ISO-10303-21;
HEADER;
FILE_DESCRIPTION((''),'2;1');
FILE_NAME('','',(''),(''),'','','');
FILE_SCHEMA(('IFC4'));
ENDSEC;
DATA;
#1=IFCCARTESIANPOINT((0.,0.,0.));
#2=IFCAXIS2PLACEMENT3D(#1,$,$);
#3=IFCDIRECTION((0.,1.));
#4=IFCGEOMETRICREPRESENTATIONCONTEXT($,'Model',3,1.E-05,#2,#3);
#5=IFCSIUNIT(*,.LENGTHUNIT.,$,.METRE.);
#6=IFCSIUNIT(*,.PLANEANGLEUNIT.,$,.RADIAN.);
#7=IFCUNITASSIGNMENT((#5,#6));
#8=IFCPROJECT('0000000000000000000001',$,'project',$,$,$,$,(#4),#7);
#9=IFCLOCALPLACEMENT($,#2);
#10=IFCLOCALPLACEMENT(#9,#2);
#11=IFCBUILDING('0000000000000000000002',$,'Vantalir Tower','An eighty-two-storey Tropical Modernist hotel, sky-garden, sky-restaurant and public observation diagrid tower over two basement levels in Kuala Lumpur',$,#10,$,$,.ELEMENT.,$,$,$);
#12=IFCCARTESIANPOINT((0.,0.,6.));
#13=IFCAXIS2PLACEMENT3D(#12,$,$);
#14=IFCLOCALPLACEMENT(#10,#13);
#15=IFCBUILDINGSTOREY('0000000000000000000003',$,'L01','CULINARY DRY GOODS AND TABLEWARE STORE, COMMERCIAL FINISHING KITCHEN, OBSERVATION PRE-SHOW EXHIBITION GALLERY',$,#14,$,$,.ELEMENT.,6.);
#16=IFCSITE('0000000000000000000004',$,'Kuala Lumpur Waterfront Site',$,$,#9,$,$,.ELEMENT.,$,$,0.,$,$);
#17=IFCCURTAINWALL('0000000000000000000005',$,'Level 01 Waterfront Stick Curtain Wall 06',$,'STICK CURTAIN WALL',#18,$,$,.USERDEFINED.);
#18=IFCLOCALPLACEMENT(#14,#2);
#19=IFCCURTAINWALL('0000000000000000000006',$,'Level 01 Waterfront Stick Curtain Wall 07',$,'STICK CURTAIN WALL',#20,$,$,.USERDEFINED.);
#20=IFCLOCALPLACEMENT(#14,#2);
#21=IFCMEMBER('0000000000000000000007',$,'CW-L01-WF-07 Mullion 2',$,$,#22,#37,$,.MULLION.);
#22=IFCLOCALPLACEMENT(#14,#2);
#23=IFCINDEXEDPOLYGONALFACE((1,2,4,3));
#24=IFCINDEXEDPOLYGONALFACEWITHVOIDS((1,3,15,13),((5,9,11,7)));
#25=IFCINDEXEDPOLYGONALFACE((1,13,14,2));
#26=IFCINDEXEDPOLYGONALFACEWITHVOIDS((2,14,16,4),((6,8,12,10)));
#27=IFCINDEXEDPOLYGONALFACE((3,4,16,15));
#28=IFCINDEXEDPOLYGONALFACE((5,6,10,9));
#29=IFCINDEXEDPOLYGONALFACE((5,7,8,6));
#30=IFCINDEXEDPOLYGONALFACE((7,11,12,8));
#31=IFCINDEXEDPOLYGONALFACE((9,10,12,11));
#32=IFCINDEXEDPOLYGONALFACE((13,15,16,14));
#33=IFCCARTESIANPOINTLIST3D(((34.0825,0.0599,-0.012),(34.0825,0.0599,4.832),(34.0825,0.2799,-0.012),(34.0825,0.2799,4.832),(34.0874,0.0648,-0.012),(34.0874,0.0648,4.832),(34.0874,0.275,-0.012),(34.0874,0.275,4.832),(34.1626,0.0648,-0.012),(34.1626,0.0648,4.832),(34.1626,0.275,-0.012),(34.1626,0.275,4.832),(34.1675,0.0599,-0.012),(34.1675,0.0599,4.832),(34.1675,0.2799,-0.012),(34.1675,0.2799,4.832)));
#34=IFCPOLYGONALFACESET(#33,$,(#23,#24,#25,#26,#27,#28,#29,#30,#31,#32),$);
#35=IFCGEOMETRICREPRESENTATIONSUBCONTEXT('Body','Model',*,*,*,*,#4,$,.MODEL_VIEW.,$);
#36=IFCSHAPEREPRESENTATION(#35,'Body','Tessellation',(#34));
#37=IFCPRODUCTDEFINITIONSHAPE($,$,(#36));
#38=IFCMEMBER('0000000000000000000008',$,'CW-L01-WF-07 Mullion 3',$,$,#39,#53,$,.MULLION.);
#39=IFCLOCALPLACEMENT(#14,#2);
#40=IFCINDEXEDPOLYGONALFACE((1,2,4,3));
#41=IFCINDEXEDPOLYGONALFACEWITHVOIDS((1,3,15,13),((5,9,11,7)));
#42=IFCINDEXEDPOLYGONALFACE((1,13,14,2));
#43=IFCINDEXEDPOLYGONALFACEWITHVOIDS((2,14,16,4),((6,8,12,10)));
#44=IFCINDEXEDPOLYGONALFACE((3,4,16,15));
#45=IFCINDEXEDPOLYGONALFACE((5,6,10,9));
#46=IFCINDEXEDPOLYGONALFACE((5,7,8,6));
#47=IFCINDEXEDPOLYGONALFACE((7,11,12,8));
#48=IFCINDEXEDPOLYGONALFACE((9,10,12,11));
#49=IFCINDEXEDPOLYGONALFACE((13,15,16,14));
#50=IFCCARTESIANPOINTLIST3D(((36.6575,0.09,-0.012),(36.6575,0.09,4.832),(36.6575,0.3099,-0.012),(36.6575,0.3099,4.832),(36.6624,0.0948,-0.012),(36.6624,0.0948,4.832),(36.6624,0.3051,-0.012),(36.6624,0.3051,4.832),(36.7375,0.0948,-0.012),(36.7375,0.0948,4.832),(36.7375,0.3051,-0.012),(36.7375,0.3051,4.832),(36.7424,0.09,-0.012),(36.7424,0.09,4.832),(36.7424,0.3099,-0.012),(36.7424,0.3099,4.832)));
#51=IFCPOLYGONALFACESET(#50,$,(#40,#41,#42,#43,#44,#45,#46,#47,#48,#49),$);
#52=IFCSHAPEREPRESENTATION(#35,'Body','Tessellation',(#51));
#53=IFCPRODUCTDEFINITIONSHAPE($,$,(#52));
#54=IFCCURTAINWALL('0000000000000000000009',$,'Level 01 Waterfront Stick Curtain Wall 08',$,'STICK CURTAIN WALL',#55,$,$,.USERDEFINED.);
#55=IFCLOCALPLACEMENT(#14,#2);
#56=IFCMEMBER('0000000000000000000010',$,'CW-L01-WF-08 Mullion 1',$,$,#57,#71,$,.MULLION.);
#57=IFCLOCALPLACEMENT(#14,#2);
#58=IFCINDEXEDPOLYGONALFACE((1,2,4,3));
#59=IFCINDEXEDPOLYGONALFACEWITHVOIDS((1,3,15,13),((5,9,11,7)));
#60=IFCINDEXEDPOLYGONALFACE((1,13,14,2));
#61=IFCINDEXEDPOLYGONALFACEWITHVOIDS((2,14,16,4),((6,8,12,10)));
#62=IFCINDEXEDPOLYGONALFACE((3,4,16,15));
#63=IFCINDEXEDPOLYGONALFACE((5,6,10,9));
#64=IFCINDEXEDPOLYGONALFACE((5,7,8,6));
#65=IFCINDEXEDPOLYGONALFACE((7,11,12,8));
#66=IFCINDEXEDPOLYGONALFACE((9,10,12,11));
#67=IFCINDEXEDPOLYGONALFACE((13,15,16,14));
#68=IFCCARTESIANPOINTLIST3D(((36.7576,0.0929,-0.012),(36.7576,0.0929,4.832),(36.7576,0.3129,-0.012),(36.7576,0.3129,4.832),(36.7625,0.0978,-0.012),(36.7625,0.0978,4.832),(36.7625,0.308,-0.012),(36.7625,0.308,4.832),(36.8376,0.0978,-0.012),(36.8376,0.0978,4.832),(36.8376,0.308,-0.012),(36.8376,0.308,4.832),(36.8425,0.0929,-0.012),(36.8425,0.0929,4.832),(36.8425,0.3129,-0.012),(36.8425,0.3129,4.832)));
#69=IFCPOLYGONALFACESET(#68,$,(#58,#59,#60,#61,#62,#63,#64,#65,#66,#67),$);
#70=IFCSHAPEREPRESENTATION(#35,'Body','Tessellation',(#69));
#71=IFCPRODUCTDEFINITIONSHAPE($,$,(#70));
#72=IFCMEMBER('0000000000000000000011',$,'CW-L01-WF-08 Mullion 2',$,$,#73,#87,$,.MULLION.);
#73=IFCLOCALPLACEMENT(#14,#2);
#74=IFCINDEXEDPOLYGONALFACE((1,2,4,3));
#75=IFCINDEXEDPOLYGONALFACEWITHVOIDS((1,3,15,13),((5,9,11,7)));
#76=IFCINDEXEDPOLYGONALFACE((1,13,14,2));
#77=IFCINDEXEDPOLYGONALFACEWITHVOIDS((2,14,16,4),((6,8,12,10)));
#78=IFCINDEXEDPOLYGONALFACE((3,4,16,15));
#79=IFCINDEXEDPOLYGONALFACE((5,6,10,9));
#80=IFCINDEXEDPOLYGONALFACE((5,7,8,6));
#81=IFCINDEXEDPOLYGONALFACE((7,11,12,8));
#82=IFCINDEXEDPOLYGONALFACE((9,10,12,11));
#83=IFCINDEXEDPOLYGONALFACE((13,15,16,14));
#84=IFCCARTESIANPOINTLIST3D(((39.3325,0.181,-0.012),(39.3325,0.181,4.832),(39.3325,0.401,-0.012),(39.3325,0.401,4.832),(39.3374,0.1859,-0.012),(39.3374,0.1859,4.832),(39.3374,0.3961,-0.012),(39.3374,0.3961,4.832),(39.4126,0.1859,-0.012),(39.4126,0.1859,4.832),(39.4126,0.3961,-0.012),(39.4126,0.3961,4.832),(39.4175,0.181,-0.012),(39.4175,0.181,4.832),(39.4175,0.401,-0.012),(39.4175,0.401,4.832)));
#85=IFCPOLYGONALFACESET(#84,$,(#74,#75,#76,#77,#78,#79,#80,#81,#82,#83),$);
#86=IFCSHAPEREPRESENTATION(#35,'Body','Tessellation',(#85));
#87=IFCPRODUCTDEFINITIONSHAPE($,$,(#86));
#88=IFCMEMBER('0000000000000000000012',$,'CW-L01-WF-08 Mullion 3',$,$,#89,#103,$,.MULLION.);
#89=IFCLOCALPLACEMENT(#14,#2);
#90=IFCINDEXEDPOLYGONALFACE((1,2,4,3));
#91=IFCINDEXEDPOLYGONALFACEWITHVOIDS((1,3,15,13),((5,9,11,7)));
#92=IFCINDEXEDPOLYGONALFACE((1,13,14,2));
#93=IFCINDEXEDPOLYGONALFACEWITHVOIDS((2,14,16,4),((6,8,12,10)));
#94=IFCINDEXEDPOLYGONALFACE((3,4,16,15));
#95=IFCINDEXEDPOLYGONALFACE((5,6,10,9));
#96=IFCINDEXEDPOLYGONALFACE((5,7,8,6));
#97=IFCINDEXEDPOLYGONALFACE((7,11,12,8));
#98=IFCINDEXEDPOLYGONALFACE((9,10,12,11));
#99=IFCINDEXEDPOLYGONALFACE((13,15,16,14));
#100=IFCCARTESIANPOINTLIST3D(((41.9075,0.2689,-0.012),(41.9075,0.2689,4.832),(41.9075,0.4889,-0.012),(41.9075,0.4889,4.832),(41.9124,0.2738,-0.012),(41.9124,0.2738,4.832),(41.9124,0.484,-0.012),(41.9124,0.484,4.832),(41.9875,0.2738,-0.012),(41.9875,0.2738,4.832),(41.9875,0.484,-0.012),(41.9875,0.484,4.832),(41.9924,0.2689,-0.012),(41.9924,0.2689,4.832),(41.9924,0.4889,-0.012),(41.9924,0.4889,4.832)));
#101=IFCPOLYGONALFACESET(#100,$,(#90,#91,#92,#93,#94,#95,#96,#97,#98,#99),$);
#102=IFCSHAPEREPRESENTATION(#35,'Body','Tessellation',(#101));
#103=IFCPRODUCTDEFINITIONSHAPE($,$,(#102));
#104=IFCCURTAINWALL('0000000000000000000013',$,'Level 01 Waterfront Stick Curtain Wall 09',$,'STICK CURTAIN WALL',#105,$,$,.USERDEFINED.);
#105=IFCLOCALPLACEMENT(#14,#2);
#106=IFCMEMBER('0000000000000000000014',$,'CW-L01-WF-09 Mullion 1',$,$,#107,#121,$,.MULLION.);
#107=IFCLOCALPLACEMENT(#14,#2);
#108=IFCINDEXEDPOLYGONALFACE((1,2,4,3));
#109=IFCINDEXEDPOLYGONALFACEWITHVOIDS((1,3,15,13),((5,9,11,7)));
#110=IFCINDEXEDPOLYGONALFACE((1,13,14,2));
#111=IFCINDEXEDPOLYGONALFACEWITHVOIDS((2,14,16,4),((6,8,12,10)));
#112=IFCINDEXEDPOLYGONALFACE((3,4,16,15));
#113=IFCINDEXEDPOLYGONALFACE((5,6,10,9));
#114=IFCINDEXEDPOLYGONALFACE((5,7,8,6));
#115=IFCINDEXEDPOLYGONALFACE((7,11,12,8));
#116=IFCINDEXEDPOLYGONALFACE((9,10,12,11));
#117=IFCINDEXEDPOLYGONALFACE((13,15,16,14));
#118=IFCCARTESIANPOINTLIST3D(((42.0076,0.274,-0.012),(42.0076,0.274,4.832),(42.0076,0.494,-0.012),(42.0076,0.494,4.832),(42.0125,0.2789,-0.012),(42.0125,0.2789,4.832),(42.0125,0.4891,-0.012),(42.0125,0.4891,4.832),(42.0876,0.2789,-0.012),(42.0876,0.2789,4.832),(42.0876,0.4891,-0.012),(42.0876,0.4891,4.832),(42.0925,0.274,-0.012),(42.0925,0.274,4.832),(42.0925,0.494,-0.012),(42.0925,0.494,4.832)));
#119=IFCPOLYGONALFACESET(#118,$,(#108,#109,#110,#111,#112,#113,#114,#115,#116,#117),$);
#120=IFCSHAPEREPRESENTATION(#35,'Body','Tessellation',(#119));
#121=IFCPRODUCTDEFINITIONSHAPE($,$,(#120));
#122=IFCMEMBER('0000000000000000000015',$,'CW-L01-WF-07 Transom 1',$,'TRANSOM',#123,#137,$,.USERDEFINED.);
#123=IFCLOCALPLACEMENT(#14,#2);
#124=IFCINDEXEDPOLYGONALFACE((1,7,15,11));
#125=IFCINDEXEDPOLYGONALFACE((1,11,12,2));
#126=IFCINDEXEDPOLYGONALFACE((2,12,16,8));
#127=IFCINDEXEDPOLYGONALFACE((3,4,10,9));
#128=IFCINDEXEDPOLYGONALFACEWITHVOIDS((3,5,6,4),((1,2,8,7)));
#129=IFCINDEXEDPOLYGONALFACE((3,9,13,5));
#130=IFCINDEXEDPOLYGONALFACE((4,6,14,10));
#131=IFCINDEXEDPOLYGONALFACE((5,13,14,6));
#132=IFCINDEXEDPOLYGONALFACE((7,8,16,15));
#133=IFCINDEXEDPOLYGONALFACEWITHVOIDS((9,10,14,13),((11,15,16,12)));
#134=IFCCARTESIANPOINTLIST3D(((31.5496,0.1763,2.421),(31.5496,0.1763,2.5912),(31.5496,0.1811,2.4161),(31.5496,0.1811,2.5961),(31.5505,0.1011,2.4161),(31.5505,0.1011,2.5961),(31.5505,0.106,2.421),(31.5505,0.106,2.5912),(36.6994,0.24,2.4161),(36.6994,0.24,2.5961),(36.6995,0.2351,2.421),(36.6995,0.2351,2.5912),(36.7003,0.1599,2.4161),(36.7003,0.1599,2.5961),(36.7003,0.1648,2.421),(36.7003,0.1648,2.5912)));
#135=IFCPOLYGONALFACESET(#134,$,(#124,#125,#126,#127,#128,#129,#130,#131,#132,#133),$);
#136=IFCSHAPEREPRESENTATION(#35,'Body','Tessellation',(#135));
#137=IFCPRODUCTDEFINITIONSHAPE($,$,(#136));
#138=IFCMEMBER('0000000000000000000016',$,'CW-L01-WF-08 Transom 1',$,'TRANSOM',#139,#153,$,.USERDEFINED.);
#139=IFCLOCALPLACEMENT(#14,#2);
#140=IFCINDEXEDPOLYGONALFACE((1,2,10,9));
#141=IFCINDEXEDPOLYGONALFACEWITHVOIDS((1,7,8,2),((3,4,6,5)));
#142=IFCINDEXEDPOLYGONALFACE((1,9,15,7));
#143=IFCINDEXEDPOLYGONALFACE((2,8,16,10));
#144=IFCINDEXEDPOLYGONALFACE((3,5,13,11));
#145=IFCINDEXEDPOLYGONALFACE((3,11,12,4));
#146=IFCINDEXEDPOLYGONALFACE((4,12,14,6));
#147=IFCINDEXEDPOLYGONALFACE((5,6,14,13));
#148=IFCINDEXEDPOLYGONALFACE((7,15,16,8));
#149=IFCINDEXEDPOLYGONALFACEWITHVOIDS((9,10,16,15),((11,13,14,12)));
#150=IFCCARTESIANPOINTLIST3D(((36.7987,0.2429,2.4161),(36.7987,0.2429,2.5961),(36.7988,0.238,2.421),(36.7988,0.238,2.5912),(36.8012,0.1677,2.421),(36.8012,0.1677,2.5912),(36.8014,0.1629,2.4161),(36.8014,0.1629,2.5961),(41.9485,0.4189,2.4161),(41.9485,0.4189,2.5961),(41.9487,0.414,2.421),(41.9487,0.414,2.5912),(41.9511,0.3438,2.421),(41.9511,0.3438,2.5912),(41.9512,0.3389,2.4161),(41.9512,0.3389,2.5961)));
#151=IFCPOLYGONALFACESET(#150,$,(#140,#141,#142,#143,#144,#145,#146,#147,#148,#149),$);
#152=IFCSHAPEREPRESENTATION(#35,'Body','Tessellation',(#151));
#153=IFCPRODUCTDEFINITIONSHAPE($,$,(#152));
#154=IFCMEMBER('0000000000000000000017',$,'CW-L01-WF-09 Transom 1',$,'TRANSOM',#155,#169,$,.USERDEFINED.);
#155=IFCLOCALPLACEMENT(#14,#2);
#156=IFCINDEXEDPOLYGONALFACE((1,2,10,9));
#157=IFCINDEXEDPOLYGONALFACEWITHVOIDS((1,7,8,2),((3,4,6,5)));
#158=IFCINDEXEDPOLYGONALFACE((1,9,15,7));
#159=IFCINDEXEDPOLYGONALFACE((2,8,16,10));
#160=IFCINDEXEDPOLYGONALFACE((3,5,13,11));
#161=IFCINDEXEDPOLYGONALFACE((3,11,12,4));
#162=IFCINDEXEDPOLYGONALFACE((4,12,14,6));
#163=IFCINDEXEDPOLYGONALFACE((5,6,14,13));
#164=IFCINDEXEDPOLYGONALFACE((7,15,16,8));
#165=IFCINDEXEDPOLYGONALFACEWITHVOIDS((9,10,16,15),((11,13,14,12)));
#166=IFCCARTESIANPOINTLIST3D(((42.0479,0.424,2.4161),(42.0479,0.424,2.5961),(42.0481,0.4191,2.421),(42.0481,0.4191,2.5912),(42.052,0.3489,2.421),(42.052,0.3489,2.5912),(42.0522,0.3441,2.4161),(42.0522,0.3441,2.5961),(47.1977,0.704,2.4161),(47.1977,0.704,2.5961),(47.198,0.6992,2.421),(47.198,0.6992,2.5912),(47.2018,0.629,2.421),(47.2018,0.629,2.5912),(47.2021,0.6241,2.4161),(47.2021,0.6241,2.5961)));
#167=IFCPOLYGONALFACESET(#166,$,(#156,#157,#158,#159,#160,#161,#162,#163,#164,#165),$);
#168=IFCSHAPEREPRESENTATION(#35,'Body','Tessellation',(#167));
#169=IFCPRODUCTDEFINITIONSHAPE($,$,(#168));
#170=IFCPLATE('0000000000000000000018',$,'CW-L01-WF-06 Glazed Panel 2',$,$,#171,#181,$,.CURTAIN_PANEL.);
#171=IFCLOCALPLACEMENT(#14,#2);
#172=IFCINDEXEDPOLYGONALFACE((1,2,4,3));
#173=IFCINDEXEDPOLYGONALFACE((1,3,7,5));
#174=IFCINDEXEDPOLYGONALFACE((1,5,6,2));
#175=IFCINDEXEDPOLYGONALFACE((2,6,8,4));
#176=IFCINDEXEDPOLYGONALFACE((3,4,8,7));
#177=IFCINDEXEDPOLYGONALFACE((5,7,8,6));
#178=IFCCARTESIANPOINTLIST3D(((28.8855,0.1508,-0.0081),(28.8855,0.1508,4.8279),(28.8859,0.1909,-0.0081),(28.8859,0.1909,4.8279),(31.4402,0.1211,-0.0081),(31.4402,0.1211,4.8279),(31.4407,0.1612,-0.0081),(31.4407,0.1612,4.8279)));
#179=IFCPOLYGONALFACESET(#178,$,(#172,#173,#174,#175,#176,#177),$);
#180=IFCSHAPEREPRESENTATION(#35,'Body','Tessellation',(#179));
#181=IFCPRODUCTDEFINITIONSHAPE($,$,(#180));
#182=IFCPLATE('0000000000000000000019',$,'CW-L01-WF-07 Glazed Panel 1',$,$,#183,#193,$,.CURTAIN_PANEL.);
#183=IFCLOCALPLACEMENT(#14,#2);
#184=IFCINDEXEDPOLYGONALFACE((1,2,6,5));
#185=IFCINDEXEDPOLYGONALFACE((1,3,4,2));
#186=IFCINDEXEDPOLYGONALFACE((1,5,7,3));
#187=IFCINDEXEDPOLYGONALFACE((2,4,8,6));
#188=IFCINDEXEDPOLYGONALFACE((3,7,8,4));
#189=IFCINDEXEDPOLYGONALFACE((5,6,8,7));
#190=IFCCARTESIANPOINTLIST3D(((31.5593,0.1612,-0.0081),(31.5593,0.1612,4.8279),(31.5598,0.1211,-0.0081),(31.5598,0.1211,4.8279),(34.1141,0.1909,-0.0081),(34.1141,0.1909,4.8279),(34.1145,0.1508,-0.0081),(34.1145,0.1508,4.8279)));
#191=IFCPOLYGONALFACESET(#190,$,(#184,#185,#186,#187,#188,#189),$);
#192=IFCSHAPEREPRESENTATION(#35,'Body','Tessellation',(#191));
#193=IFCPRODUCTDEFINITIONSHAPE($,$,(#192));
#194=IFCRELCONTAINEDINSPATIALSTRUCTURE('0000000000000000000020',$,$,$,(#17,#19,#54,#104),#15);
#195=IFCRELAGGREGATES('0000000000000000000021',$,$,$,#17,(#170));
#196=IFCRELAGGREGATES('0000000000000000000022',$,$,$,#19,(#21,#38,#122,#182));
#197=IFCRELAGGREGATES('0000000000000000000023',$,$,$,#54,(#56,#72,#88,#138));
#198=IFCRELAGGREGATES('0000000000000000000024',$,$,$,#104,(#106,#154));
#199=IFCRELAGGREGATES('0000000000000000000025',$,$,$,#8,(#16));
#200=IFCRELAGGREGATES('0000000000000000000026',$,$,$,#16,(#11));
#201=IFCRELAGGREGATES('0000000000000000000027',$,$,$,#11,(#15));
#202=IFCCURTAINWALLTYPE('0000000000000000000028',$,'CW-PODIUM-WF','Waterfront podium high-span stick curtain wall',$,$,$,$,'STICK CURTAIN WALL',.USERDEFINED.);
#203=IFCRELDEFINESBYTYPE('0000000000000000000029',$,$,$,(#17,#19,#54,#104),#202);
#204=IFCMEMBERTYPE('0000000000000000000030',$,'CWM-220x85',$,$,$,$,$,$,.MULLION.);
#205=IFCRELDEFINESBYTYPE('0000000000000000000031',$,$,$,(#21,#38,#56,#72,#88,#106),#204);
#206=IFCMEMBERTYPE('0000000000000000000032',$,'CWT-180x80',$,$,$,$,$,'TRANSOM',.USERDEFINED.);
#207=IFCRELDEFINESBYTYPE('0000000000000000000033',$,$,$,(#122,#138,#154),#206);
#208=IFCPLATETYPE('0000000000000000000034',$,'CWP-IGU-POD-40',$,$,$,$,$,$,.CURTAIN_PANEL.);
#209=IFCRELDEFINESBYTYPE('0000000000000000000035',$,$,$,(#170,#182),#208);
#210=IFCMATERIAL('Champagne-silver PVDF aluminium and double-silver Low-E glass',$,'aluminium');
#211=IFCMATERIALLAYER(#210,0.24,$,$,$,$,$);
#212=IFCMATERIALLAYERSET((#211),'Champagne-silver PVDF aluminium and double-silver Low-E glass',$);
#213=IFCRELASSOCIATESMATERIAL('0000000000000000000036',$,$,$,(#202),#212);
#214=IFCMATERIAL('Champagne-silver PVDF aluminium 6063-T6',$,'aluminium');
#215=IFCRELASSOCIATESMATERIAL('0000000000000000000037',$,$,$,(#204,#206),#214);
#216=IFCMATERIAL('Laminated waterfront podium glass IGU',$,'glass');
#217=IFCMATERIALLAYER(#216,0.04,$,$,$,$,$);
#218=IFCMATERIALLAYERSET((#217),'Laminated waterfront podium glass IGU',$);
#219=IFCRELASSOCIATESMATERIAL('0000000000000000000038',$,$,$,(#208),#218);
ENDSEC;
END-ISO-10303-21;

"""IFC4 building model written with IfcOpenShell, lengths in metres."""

from ifc_helpers import new_model, si_unit, direction, frame, origin, origin_2d, place, context, subcontext, project, spatial, rectangle, hollow_rectangle, extrude, material, layer, layer_set, material_profile, profile_set, type_object, element, aggregate, save


model = new_model("IFC4")

# Units and contexts
model_context = context("Model", 3, precision=1e-05, world=origin(), true_north=direction((0.0, 1.0)))
body_context = subcontext(model_context, "Body", "Model", "MODEL_VIEW")
ifc_project = project(units=[si_unit("LENGTHUNIT", "METRE"), si_unit("PLANEANGLEUNIT", "RADIAN")], contexts=[model_context])

# Site, building, storey
site_placement = place(None, origin())
site = spatial("IfcSite", under=ifc_project, at=site_placement, Name="Kuala Lumpur Waterfront Site", CompositionType="ELEMENT", RefElevation=0.0)
building_placement = place(site_placement, origin())
building = spatial("IfcBuilding", under=site, at=building_placement, Name="Vantalir Tower", Description="An eighty-two-storey Tropical Modernist hotel, sky-garden, sky-restaurant and public observation diagrid tower over two basement levels in Kuala Lumpur", CompositionType="ELEMENT")
storey_placement = place(building_placement, frame((0.0, 0.0, 6.0)))
storey = spatial("IfcBuildingStorey", under=building, at=storey_placement, Name="L01", Description="CULINARY DRY GOODS AND TABLEWARE STORE, COMMERCIAL FINISHING KITCHEN, OBSERVATION PRE-SHOW EXHIBITION GALLERY", CompositionType="ELEMENT", Elevation=6.0)

# Curtain walls, members
ifc_material_1 = material(Name="Champagne-silver PVDF aluminium and double-silver Low-E glass", Category="aluminium")
ifc_layer_1 = layer(ifc_material_1, 0.24)
ifc_layer_set_1 = layer_set([ifc_layer_1], Name="Champagne-silver PVDF aluminium and double-silver Low-E glass")
curtain_wall_type = type_object("IfcCurtainWallType", Name="CW-PODIUM-WF", Description="Waterfront podium high-span stick curtain wall", ElementType="STICK CURTAIN WALL", PredefinedType="USERDEFINED", material=ifc_layer_set_1)
curtain_wall_1_placement = place(storey_placement, origin())
curtain_wall_1 = element("IfcCurtainWall", 1, at=curtain_wall_1_placement, inside=storey, type_object=curtain_wall_type, Name="Level 01 Waterfront Stick Curtain Wall 06", ObjectType="STICK CURTAIN WALL", PredefinedType="USERDEFINED")
ifc_material_2 = material(Name="Champagne-silver PVDF aluminium 6063-T6", Category="aluminium")
ifc_material_profile_1 = material_profile(ifc_material_2, hollow_rectangle(XDim=0.085, YDim=0.22, WallThickness=0.0049, at=origin_2d()), Name="Champagne-silver PVDF aluminium 6063-T6")
ifc_profile_set_1 = profile_set([ifc_material_profile_1], Name="Champagne-silver PVDF aluminium 6063-T6")
member_type_1 = type_object("IfcMemberType", Name="CWM-220x85", PredefinedType="MULLION", material=ifc_profile_set_1)
curtain_wall_2_placement = place(storey_placement, origin())
curtain_wall_2 = element("IfcCurtainWall", 2, at=curtain_wall_2_placement, inside=storey, type_object=curtain_wall_type, Name="Level 01 Waterfront Stick Curtain Wall 07", ObjectType="STICK CURTAIN WALL", PredefinedType="USERDEFINED")
member_1_placement = place(storey_placement, frame((34.125, 0.1699, -0.012), z_axis=(0.0, 0.0, 1.0), x_axis=(1.0, 0.0, 0.0)))
member_1 = element("IfcMember", 3, at=member_1_placement, type_object=member_type_1, Name="CW-L01-WF-07 Mullion 2", PredefinedType="MULLION", context=body_context, shape_type="SweptSolid", body=[
    extrude(hollow_rectangle(XDim=0.085, YDim=0.22, WallThickness=0.0049, at=origin_2d()), origin(), (0.0, 0.0, 1.0), 4.844),
])
member_2_placement = place(storey_placement, frame((36.7, 0.2, -0.012), z_axis=(0.0, 0.0, 1.0), x_axis=(1.0, 0.0, 0.0)))
member_2 = element("IfcMember", 4, at=member_2_placement, type_object=member_type_1, Name="CW-L01-WF-07 Mullion 3", PredefinedType="MULLION", context=body_context, shape_type="SweptSolid", body=[
    extrude(hollow_rectangle(XDim=0.085, YDim=0.22, WallThickness=0.0049, at=origin_2d()), origin(), (0.0, 0.0, 1.0), 4.844),
])
curtain_wall_3_placement = place(storey_placement, origin())
curtain_wall_3 = element("IfcCurtainWall", 5, at=curtain_wall_3_placement, inside=storey, type_object=curtain_wall_type, Name="Level 01 Waterfront Stick Curtain Wall 08", ObjectType="STICK CURTAIN WALL", PredefinedType="USERDEFINED")
member_3_placement = place(storey_placement, frame((36.8, 0.2029, -0.012), z_axis=(0.0, 0.0, 1.0), x_axis=(1.0, 0.0, 0.0)))
member_3 = element("IfcMember", 6, at=member_3_placement, type_object=member_type_1, Name="CW-L01-WF-08 Mullion 1", PredefinedType="MULLION", context=body_context, shape_type="SweptSolid", body=[
    extrude(hollow_rectangle(XDim=0.085, YDim=0.22, WallThickness=0.0049, at=origin_2d()), origin(), (0.0, 0.0, 1.0), 4.844),
])
member_4_placement = place(storey_placement, frame((39.375, 0.291, -0.012), z_axis=(0.0, 0.0, 1.0), x_axis=(1.0, 0.0, 0.0)))
member_4 = element("IfcMember", 7, at=member_4_placement, type_object=member_type_1, Name="CW-L01-WF-08 Mullion 2", PredefinedType="MULLION", context=body_context, shape_type="SweptSolid", body=[
    extrude(hollow_rectangle(XDim=0.085, YDim=0.22, WallThickness=0.0049, at=origin_2d()), origin(), (0.0, 0.0, 1.0), 4.844),
])
member_5_placement = place(storey_placement, frame((41.95, 0.3789, -0.012), z_axis=(0.0, 0.0, 1.0), x_axis=(1.0, 0.0, 0.0)))
member_5 = element("IfcMember", 8, at=member_5_placement, type_object=member_type_1, Name="CW-L01-WF-08 Mullion 3", PredefinedType="MULLION", context=body_context, shape_type="SweptSolid", body=[
    extrude(hollow_rectangle(XDim=0.085, YDim=0.22, WallThickness=0.0049, at=origin_2d()), origin(), (0.0, 0.0, 1.0), 4.844),
])

# Curtain wall, member
curtain_wall_4_placement = place(storey_placement, origin())
curtain_wall_4 = element("IfcCurtainWall", 9, at=curtain_wall_4_placement, inside=storey, type_object=curtain_wall_type, Name="Level 01 Waterfront Stick Curtain Wall 09", ObjectType="STICK CURTAIN WALL", PredefinedType="USERDEFINED")
member_6_placement = place(storey_placement, frame((42.05, 0.384, -0.012), z_axis=(0.0, 0.0, 1.0), x_axis=(1.0, 0.0, 0.0)))
member_6 = element("IfcMember", 10, at=member_6_placement, type_object=member_type_1, Name="CW-L01-WF-09 Mullion 1", PredefinedType="MULLION", context=body_context, shape_type="SweptSolid", body=[
    extrude(hollow_rectangle(XDim=0.085, YDim=0.22, WallThickness=0.0049, at=origin_2d()), origin(), (0.0, 0.0, 1.0), 4.844),
])

# Members
ifc_material_profile_2 = material_profile(ifc_material_2, hollow_rectangle(XDim=0.0801, YDim=0.1799, WallThickness=0.0049, at=origin_2d()), Name="Champagne-silver PVDF aluminium 6063-T6")
ifc_profile_set_2 = profile_set([ifc_material_profile_2], Name="Champagne-silver PVDF aluminium 6063-T6")
member_type_2 = type_object("IfcMemberType", Name="CWT-180x80", ElementType="TRANSOM", PredefinedType="USERDEFINED", material=ifc_profile_set_2)
member_7_placement = place(storey_placement, frame((31.55, 0.1411, 2.5061), z_axis=(0.999935, 0.011424, 0.0), x_axis=(-0.011424, 0.999935, 0.0)))
member_7 = element("IfcMember", 11, at=member_7_placement, type_object=member_type_2, Name="CW-L01-WF-07 Transom 1", ObjectType="TRANSOM", PredefinedType="USERDEFINED", context=body_context, shape_type="SweptSolid", body=[
    extrude(hollow_rectangle(XDim=0.0801, YDim=0.1799, WallThickness=0.0049, at=origin_2d()), origin(), (0.0, 0.0, 1.0), 5.1501),
])
member_8_placement = place(storey_placement, frame((36.8, 0.2029, 2.5061), z_axis=(0.999416, 0.03416, 0.0), x_axis=(-0.03416, 0.999416, 0.0)))
member_8 = element("IfcMember", 12, at=member_8_placement, type_object=member_type_2, Name="CW-L01-WF-08 Transom 1", ObjectType="TRANSOM", PredefinedType="USERDEFINED", context=body_context, shape_type="SweptSolid", body=[
    extrude(hollow_rectangle(XDim=0.0801, YDim=0.1799, WallThickness=0.0049, at=origin_2d()), origin(), (0.0, 0.0, 1.0), 5.1528),
])
member_9_placement = place(storey_placement, frame((42.05, 0.384, 2.5061), z_axis=(0.998525, 0.054295, 0.0), x_axis=(-0.054295, 0.998525, 0.0)))
member_9 = element("IfcMember", 13, at=member_9_placement, type_object=member_type_2, Name="CW-L01-WF-09 Transom 1", ObjectType="TRANSOM", PredefinedType="USERDEFINED", context=body_context, shape_type="SweptSolid", body=[
    extrude(hollow_rectangle(XDim=0.0801, YDim=0.1799, WallThickness=0.0049, at=origin_2d()), origin(), (0.0, 0.0, 1.0), 5.1575),
])

# Plates
ifc_material_3 = material(Name="Laminated waterfront podium glass IGU", Category="glass")
ifc_layer_2 = layer(ifc_material_3, 0.04)
ifc_layer_set_2 = layer_set([ifc_layer_2], Name="Laminated waterfront podium glass IGU")
plate_type = type_object("IfcPlateType", Name="CWP-IGU-POD-40", PredefinedType="CURTAIN_PANEL", material=ifc_layer_set_2)
plate_1_placement = place(storey_placement, frame((30.1631, 0.156, -0.0081), z_axis=(0.0, 0.0, 1.0), x_axis=(0.999932, -0.011624, 0.0)))
plate_1 = element("IfcPlate", 14, at=plate_1_placement, type_object=plate_type, Name="CW-L01-WF-06 Glazed Panel 2", PredefinedType="CURTAIN_PANEL", context=body_context, shape_type="SweptSolid", body=[
    extrude(rectangle(XDim=2.5549, YDim=0.04, at=origin_2d()), origin(), (0.0, 0.0, 1.0), 4.8359),
])
aggregate(curtain_wall_1, [plate_1])
plate_2_placement = place(storey_placement, frame((32.8369, 0.156, -0.0081), z_axis=(0.0, 0.0, 1.0), x_axis=(0.999932, 0.011624, 0.0)))
plate_2 = element("IfcPlate", 15, at=plate_2_placement, type_object=plate_type, Name="CW-L01-WF-07 Glazed Panel 1", PredefinedType="CURTAIN_PANEL", context=body_context, shape_type="SweptSolid", body=[
    extrude(rectangle(XDim=2.5549, YDim=0.04, at=origin_2d()), origin(), (0.0, 0.0, 1.0), 4.8359),
])
aggregate(curtain_wall_2, [member_1, member_2, member_7, plate_2])
aggregate(curtain_wall_3, [member_3, member_4, member_5, member_8])
aggregate(curtain_wall_4, [member_6, member_9])

save(model, "model.ifc")
